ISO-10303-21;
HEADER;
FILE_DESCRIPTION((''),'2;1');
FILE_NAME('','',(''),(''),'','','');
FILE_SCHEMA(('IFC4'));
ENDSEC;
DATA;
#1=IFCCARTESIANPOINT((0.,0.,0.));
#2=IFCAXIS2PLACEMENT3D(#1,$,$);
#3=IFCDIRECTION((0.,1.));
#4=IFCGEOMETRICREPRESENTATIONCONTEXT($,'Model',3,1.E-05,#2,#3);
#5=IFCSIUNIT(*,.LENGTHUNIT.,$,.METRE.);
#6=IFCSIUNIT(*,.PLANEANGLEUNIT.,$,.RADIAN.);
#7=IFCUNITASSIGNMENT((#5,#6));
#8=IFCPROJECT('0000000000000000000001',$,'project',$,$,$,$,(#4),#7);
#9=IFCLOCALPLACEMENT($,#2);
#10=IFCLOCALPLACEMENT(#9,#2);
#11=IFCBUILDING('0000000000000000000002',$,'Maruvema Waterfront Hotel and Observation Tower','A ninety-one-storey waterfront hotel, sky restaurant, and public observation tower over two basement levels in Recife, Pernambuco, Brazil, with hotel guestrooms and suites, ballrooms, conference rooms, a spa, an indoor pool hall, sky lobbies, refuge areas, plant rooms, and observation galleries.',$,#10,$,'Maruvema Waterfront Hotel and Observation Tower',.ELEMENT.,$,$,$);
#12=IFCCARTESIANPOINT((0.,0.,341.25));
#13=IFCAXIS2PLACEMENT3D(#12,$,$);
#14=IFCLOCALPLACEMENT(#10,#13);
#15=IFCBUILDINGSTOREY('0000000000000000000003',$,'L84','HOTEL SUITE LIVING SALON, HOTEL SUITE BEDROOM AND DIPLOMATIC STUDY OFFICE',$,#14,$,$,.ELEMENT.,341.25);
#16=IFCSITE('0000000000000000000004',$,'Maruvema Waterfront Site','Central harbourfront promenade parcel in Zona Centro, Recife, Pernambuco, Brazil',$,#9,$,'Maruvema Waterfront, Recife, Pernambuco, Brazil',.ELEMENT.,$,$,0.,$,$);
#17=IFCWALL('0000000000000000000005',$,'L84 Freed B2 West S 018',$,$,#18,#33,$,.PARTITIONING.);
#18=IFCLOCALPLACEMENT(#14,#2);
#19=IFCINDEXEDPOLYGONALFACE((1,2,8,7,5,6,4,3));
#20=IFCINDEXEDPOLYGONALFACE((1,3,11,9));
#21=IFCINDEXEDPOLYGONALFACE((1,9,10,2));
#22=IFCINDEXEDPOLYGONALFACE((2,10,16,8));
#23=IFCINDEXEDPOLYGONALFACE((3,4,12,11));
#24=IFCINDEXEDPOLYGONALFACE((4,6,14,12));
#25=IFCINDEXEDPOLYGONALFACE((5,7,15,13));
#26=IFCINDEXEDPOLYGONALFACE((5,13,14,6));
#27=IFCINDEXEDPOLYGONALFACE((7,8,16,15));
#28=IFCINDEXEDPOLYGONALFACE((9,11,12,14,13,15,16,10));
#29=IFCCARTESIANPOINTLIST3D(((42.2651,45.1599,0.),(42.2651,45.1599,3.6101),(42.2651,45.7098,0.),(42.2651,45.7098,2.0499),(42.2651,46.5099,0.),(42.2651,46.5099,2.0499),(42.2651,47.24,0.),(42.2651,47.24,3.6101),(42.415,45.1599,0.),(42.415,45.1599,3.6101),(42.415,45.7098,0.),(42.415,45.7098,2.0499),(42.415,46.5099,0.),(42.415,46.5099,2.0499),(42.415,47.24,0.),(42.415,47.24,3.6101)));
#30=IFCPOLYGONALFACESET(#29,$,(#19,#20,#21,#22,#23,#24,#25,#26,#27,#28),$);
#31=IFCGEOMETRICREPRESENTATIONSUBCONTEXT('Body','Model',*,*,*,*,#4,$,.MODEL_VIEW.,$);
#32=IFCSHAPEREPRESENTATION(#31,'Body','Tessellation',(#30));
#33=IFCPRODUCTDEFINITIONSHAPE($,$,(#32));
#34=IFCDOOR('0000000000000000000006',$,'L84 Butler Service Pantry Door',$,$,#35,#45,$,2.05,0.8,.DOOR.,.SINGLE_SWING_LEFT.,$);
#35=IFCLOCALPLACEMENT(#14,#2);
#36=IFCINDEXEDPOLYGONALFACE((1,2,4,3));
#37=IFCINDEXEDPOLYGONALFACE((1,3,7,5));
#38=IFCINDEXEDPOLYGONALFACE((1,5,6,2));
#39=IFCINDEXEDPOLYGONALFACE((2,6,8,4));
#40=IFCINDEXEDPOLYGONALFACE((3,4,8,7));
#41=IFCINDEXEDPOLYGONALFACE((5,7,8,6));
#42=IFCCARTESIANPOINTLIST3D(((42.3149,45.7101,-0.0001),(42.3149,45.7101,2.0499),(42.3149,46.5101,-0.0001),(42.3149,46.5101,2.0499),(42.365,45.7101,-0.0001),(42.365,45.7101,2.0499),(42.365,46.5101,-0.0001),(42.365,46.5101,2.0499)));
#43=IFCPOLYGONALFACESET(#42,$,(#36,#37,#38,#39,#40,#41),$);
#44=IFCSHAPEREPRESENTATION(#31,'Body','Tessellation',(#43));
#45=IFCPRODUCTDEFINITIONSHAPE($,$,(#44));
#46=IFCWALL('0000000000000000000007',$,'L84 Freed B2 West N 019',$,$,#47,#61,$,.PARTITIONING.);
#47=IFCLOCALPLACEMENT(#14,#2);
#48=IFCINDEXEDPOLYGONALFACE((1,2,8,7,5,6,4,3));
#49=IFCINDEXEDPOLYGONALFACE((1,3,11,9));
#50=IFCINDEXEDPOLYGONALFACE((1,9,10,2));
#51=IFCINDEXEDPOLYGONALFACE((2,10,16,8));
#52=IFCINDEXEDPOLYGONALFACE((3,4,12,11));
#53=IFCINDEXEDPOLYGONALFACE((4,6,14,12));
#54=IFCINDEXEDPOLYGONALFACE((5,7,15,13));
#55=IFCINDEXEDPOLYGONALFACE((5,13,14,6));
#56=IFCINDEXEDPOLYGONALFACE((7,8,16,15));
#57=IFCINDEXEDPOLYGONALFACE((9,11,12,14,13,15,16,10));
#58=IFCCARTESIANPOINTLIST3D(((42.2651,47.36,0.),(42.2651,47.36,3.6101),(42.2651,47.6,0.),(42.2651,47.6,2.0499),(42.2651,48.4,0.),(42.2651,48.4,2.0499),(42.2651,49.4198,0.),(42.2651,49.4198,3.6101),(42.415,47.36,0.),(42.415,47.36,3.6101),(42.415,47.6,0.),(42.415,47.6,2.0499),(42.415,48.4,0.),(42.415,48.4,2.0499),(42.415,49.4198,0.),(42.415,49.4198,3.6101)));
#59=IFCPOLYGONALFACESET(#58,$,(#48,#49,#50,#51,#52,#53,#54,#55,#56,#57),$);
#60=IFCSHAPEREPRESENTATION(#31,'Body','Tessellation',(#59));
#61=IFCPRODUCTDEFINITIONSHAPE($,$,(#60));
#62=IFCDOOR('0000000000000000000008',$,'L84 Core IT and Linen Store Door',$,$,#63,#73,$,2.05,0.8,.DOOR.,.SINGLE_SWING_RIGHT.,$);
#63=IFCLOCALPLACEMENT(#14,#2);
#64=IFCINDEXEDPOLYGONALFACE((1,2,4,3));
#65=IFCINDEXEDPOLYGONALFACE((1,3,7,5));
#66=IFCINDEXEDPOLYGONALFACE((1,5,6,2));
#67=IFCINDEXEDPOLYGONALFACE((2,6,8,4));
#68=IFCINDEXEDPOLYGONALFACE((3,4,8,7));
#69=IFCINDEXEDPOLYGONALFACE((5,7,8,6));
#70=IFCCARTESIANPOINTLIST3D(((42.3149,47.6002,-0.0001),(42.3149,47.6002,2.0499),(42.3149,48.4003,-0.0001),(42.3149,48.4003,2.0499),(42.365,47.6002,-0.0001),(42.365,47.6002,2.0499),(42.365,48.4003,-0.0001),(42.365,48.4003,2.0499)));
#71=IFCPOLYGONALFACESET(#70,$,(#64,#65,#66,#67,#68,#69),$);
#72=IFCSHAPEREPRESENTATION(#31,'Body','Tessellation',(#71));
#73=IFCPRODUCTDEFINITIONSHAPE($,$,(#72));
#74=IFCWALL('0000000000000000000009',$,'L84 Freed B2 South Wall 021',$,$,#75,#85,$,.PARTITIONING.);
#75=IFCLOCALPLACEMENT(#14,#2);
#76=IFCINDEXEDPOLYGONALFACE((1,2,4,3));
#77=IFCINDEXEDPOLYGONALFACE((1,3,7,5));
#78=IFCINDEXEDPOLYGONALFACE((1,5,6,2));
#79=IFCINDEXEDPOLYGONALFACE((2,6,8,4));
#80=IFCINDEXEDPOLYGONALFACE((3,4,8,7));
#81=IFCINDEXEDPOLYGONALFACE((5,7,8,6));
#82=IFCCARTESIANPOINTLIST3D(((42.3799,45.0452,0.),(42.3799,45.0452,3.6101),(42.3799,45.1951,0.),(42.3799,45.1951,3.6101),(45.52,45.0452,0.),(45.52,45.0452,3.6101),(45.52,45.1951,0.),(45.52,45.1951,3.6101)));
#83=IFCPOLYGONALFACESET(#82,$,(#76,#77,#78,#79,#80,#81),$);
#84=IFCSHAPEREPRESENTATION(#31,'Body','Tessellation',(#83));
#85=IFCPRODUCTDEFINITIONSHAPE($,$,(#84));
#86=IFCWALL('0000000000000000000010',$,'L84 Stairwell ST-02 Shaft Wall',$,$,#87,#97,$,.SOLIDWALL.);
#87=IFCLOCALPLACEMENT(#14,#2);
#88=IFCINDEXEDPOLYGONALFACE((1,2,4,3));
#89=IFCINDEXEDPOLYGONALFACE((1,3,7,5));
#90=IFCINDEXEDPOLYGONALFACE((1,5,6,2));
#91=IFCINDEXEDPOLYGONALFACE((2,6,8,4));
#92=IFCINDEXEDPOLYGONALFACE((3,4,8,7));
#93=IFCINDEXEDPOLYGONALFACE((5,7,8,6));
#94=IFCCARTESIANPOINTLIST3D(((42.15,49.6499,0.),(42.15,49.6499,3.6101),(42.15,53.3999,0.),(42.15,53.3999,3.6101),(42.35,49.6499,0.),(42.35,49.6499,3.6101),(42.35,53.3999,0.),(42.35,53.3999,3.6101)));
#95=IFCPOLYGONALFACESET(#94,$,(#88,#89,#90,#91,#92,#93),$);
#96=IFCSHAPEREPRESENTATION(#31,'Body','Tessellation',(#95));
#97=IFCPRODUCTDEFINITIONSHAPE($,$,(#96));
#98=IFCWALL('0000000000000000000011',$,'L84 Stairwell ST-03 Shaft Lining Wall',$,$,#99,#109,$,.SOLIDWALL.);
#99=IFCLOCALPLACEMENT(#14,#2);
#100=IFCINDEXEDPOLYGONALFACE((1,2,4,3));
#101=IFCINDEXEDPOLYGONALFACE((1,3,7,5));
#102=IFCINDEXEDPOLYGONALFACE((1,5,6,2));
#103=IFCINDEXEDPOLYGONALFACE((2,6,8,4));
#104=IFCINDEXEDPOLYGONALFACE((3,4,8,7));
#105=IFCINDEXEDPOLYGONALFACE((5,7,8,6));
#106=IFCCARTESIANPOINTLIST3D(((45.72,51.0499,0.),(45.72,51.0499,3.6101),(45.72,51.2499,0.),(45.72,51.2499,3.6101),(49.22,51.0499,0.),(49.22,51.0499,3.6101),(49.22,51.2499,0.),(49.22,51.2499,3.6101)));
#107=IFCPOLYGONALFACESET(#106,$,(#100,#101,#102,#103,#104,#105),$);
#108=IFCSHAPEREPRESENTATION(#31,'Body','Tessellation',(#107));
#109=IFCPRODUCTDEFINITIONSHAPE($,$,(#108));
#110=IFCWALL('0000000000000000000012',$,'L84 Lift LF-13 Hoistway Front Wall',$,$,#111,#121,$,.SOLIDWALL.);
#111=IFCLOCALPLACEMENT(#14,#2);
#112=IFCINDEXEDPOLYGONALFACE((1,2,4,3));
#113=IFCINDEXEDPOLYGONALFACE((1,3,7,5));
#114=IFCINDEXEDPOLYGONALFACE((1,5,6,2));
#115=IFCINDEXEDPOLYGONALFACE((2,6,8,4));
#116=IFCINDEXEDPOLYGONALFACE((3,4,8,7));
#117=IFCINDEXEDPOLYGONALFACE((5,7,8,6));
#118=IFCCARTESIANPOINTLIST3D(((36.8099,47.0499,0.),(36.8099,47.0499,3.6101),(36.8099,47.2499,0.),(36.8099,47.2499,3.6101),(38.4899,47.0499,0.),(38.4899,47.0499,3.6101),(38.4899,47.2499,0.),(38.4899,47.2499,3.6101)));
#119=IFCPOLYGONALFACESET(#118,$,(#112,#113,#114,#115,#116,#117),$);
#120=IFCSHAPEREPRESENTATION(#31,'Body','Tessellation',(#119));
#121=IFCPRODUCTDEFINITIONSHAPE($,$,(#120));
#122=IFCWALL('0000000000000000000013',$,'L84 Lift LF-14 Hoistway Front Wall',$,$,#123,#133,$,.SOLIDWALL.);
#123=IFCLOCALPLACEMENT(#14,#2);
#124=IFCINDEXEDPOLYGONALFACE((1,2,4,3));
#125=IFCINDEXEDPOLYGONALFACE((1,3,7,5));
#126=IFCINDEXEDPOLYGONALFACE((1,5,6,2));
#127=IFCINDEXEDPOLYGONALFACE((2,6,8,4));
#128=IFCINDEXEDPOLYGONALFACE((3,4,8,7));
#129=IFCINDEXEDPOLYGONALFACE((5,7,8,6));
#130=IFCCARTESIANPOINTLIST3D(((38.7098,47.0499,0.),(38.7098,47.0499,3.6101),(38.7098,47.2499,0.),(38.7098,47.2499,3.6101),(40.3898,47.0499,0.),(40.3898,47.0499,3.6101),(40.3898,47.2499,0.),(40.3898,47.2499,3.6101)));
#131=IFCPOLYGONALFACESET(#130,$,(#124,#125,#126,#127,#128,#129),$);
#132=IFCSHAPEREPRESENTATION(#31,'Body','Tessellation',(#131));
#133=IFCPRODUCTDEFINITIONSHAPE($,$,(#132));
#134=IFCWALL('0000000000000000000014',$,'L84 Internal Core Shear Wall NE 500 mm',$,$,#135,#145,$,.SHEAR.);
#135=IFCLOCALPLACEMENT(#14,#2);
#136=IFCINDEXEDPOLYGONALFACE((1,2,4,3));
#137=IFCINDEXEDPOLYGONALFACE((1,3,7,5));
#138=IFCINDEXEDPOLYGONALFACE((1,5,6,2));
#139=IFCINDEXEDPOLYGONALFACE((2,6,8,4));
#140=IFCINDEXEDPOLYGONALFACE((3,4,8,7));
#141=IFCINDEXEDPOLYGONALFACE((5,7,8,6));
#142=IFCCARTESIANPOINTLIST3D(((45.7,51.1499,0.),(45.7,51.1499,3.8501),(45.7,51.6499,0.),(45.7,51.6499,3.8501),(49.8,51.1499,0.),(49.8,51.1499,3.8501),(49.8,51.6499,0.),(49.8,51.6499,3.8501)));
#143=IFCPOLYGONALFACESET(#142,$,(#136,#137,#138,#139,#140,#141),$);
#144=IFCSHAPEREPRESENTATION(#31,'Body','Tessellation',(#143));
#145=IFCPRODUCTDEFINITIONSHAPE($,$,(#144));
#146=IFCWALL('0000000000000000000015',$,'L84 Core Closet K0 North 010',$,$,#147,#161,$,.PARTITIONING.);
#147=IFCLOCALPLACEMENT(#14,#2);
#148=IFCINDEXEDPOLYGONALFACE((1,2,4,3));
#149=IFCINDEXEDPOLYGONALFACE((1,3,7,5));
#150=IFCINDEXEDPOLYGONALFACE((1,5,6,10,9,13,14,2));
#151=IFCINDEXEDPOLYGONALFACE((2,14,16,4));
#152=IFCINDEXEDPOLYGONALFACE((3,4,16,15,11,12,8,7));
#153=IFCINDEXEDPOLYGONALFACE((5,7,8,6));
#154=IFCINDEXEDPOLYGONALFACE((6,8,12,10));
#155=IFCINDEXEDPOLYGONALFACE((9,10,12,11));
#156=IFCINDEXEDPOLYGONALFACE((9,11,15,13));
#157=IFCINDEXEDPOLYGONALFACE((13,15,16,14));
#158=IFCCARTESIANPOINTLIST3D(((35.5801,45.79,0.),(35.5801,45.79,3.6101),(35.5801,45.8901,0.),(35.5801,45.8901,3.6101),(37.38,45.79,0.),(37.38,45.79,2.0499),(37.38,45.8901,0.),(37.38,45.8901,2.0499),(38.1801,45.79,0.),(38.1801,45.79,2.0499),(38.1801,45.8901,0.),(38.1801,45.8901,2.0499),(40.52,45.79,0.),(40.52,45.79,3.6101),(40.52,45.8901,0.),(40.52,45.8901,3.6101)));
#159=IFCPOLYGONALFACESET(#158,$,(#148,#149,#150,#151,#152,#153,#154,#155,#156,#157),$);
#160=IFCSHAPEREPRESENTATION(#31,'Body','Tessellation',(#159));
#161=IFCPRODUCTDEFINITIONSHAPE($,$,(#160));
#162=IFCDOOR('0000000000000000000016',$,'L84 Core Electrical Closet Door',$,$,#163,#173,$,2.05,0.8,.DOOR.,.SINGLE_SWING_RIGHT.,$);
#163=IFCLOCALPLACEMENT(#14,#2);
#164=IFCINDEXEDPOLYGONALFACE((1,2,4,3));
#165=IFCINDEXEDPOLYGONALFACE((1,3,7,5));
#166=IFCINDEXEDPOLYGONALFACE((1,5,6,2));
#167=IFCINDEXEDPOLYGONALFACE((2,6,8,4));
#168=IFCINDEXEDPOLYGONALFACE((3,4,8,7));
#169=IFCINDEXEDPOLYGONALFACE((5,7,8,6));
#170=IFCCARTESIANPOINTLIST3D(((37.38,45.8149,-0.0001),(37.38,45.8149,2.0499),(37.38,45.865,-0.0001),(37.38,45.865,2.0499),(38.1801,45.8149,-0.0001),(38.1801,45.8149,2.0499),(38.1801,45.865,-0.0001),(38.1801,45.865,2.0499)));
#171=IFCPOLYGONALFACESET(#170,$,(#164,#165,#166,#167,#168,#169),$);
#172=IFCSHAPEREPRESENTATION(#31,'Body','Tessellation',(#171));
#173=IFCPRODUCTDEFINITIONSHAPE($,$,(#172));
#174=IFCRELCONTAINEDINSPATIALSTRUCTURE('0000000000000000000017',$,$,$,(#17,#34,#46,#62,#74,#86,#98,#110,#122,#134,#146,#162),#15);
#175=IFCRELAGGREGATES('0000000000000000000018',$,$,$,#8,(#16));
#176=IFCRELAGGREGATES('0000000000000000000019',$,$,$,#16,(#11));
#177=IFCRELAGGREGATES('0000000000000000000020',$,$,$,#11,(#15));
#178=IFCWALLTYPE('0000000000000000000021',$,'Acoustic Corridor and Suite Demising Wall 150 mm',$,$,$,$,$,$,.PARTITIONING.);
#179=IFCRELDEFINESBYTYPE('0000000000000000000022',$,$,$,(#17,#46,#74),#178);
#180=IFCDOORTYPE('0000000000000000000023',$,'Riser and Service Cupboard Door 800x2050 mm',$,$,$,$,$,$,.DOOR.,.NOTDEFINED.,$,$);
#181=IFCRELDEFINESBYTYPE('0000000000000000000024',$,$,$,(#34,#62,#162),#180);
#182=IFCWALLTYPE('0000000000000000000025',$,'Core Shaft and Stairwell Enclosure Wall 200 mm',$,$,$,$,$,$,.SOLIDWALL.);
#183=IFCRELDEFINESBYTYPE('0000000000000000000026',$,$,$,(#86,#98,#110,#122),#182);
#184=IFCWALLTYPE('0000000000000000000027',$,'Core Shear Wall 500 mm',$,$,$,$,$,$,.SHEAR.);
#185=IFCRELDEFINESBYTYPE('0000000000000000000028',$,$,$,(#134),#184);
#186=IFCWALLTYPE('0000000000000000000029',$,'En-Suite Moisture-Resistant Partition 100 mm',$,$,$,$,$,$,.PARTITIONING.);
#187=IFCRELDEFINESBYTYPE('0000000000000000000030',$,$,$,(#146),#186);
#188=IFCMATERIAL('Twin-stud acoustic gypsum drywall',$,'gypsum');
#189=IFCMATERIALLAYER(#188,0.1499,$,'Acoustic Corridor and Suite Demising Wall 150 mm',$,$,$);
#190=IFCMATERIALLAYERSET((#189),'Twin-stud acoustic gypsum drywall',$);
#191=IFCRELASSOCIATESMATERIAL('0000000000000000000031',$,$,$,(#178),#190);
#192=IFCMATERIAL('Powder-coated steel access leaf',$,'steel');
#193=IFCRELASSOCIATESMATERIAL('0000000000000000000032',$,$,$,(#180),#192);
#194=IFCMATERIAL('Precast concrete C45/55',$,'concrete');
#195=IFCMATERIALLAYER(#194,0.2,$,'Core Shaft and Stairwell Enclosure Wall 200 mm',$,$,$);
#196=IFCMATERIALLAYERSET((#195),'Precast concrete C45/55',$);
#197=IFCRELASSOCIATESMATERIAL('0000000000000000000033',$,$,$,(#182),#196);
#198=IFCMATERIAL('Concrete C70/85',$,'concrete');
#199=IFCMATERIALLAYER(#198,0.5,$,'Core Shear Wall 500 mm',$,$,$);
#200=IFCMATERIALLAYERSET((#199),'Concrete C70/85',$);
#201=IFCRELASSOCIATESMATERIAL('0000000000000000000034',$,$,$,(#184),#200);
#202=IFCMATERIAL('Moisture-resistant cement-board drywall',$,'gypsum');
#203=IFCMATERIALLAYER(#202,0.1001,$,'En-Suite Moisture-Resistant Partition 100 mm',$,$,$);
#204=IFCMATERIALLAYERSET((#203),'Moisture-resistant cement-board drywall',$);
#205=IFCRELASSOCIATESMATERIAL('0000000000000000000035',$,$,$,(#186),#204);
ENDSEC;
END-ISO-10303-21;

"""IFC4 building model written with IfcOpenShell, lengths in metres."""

from ifc_helpers import new_model, si_unit, direction, frame, frame_2d, origin, place, context, subcontext, project, spatial, rectangle, extrude, material, layer, layer_set, type_object, element, fill, save


model = new_model("IFC4")

# Units and contexts
model_context = context("Model", 3, precision=1e-05, world=origin(), true_north=direction((0.0, 1.0)))
body_context = subcontext(model_context, "Body", "Model", "MODEL_VIEW")
ifc_project = project(units=[si_unit("LENGTHUNIT", "METRE"), si_unit("PLANEANGLEUNIT", "RADIAN")], contexts=[model_context])

# Site, building, storey
site_placement = place(None, origin())
site = spatial("IfcSite", under=ifc_project, at=site_placement, Name="Maruvema Waterfront Site", Description="Central harbourfront promenade parcel in Zona Centro, Recife, Pernambuco, Brazil", LongName="Maruvema Waterfront, Recife, Pernambuco, Brazil", CompositionType="ELEMENT", RefElevation=0.0)
building_placement = place(site_placement, origin())
building = spatial("IfcBuilding", under=site, at=building_placement, Name="Maruvema Waterfront Hotel and Observation Tower", Description="A ninety-one-storey waterfront hotel, sky restaurant, and public observation tower over two basement levels in Recife, Pernambuco, Brazil, with hotel guestrooms and suites, ballrooms, conference rooms, a spa, an indoor pool hall, sky lobbies, refuge areas, plant rooms, and observation galleries.", LongName="Maruvema Waterfront Hotel and Observation Tower", CompositionType="ELEMENT")
storey_placement = place(building_placement, frame((0.0, 0.0, 341.25)))
storey = spatial("IfcBuildingStorey", under=building, at=storey_placement, Name="L84", Description="HOTEL SUITE LIVING SALON, HOTEL SUITE BEDROOM AND DIPLOMATIC STUDY OFFICE", CompositionType="ELEMENT", Elevation=341.25)

# Walls, openings, doors
ifc_material_1 = material(Name="Twin-stud acoustic gypsum drywall", Category="gypsum")
ifc_layer_1 = layer(ifc_material_1, 0.1499, Name="Acoustic Corridor and Suite Demising Wall 150 mm")
ifc_layer_set_1 = layer_set([ifc_layer_1], Name="Twin-stud acoustic gypsum drywall")
wall_type_1 = type_object("IfcWallType", Name="Acoustic Corridor and Suite Demising Wall 150 mm", PredefinedType="PARTITIONING", material=ifc_layer_set_1)
wall_1_placement = place(storey_placement, frame((42.3401, 45.1599, 0.0), z_axis=(0.0, 0.0, 1.0), x_axis=(0.0, 1.0, 0.0)))
wall_1 = element("IfcWall", 1, at=wall_1_placement, inside=storey, type_object=wall_type_1, Name="L84 Freed B2 West S 018", PredefinedType="PARTITIONING", context=body_context, shape_type="SweptSolid", body=[
    extrude(rectangle(XDim=2.0801, YDim=0.1499, at=frame_2d((1.04, 0.0))), origin(), (0.0, 0.0, 1.0), 3.6101),
])
opening_1_placement = place(wall_1_placement, frame((0.55, 0.0, 0.0)))
opening_1 = element("IfcOpeningElement", 2, at=opening_1_placement, cuts=wall_1, PredefinedType="OPENING", context=body_context, shape_type="SweptSolid", body=[
    extrude(rectangle(XDim=0.8, YDim=2.05, at=frame_2d((0.3999, 1.0249))), frame((0.0, 0.085, 0.0), z_axis=(0.0, -1.0, 0.0), x_axis=(1.0, 0.0, 0.0)), (0.0, 0.0, 1.0), 0.1699),
])
ifc_material_2 = material(Name="Powder-coated steel access leaf", Category="steel")
door_type = type_object("IfcDoorType", Name="Riser and Service Cupboard Door 800x2050 mm", OperationType="NOTDEFINED", PredefinedType="DOOR", material=ifc_material_2)
door_1_placement = place(opening_1_placement, frame((0.8, 0.0, 0.0), z_axis=(0.0, 0.0, 1.0), x_axis=(-1.0, 0.0, 0.0)))
door_1 = element("IfcDoor", 3, at=door_1_placement, inside=storey, type_object=door_type, Name="L84 Butler Service Pantry Door", OperationType="SINGLE_SWING_LEFT", OverallHeight=2.05, OverallWidth=0.8, PredefinedType="DOOR", context=body_context, shape_type="SweptSolid", body=[
    extrude(rectangle(XDim=0.8, YDim=2.05, at=frame_2d((0.3999, 1.0249))), frame((0.0, 0.0249, 0.0), z_axis=(0.0, -1.0, 0.0), x_axis=(1.0, 0.0, 0.0)), (0.0, 0.0, 1.0), 0.05),
])
fill(opening_1, door_1)
wall_2_placement = place(storey_placement, frame((42.3401, 47.3601, 0.0), z_axis=(0.0, 0.0, 1.0), x_axis=(0.0, 1.0, 0.0)))
wall_2 = element("IfcWall", 4, at=wall_2_placement, inside=storey, type_object=wall_type_1, Name="L84 Freed B2 West N 019", PredefinedType="PARTITIONING", context=body_context, shape_type="SweptSolid", body=[
    extrude(rectangle(XDim=2.0598, YDim=0.1499, at=frame_2d((1.0298, 0.0))), origin(), (0.0, 0.0, 1.0), 3.6101),
])
opening_2_placement = place(wall_2_placement, frame((0.24, 0.0, 0.0)))
opening_2 = element("IfcOpeningElement", 5, at=opening_2_placement, cuts=wall_2, PredefinedType="OPENING", context=body_context, shape_type="SweptSolid", body=[
    extrude(rectangle(XDim=0.8, YDim=2.05, at=frame_2d((0.3999, 1.0249))), frame((0.0, 0.085, 0.0), z_axis=(0.0, -1.0, 0.0), x_axis=(1.0, 0.0, 0.0)), (0.0, 0.0, 1.0), 0.1699),
])
door_2_placement = place(opening_2_placement, frame((0.8, 0.0, 0.0), z_axis=(0.0, 0.0, 1.0), x_axis=(-1.0, 0.0, 0.0)))
door_2 = element("IfcDoor", 6, at=door_2_placement, inside=storey, type_object=door_type, Name="L84 Core IT and Linen Store Door", OperationType="SINGLE_SWING_RIGHT", OverallHeight=2.05, OverallWidth=0.8, PredefinedType="DOOR", context=body_context, shape_type="SweptSolid", body=[
    extrude(rectangle(XDim=0.8, YDim=2.05, at=frame_2d((0.3999, 1.0249))), frame((0.0, 0.0249, 0.0), z_axis=(0.0, -1.0, 0.0), x_axis=(1.0, 0.0, 0.0)), (0.0, 0.0, 1.0), 0.05),
])
fill(opening_2, door_2)

# Walls
wall_3_placement = place(storey_placement, frame((42.3799, 45.1201, 0.0), z_axis=(0.0, 0.0, 1.0), x_axis=(1.0, 0.0, 0.0)))
element("IfcWall", 7, at=wall_3_placement, inside=storey, type_object=wall_type_1, Name="L84 Freed B2 South Wall 021", PredefinedType="PARTITIONING", context=body_context, shape_type="SweptSolid", body=[
    extrude(rectangle(XDim=3.1401, YDim=0.1499, at=frame_2d((1.5701, 0.0))), origin(), (0.0, 0.0, 1.0), 3.6101),
])
ifc_material_3 = material(Name="Precast concrete C45/55", Category="concrete")
ifc_layer_2 = layer(ifc_material_3, 0.2, Name="Core Shaft and Stairwell Enclosure Wall 200 mm")
ifc_layer_set_2 = layer_set([ifc_layer_2], Name="Precast concrete C45/55")
wall_type_2 = type_object("IfcWallType", Name="Core Shaft and Stairwell Enclosure Wall 200 mm", PredefinedType="SOLIDWALL", material=ifc_layer_set_2)
wall_4_placement = place(storey_placement, frame((42.25, 49.6499, 0.0), z_axis=(0.0, 0.0, 1.0), x_axis=(0.0, 1.0, 0.0)))
element("IfcWall", 8, at=wall_4_placement, inside=storey, type_object=wall_type_2, Name="L84 Stairwell ST-02 Shaft Wall", PredefinedType="SOLIDWALL", context=body_context, shape_type="SweptSolid", body=[
    extrude(rectangle(XDim=3.75, YDim=0.2, at=frame_2d((1.875, 0.0))), origin(), (0.0, 0.0, 1.0), 3.6101),
])
wall_5_placement = place(storey_placement, frame((45.72, 51.1499, 0.0), z_axis=(0.0, 0.0, 1.0), x_axis=(1.0, 0.0, 0.0)))
element("IfcWall", 9, at=wall_5_placement, inside=storey, type_object=wall_type_2, Name="L84 Stairwell ST-03 Shaft Lining Wall", PredefinedType="SOLIDWALL", context=body_context, shape_type="SweptSolid", body=[
    extrude(rectangle(XDim=3.5, YDim=0.2, at=frame_2d((1.75, 0.0))), origin(), (0.0, 0.0, 1.0), 3.6101),
])
for number, where, z_axis, x_axis, name in (
    (10, (36.8101, 47.1499, 0.0), (0.0, 0.0, 1.0), (1.0, 0.0, 0.0), "L84 Lift LF-13 Hoistway Front Wall"),
    (11, (38.71, 47.1499, 0.0), (0.0, 0.0, 1.0), (1.0, 0.0, 0.0), "L84 Lift LF-14 Hoistway Front Wall"),
):
    element("IfcWall", number, at=place(storey_placement, frame(where, z_axis=z_axis, x_axis=x_axis)), inside=storey, type_object=wall_type_2, Name=name, PredefinedType="SOLIDWALL", context=body_context, shape_type="SweptSolid", body=[
        extrude(rectangle(XDim=1.6799, YDim=0.2, at=frame_2d((0.8398, 0.0))), origin(), (0.0, 0.0, 1.0), 3.6101),
    ])
ifc_material_4 = material(Name="Concrete C70/85", Category="concrete")
ifc_layer_3 = layer(ifc_material_4, 0.5, Name="Core Shear Wall 500 mm")
ifc_layer_set_3 = layer_set([ifc_layer_3], Name="Concrete C70/85")
wall_type_3 = type_object("IfcWallType", Name="Core Shear Wall 500 mm", PredefinedType="SHEAR", material=ifc_layer_set_3)
wall_6_placement = place(storey_placement, frame((45.7, 51.3999, 0.0), z_axis=(0.0, 0.0, 1.0), x_axis=(1.0, 0.0, 0.0)))
element("IfcWall", 12, at=wall_6_placement, inside=storey, type_object=wall_type_3, Name="L84 Internal Core Shear Wall NE 500 mm", PredefinedType="SHEAR", context=body_context, shape_type="SweptSolid", body=[
    extrude(rectangle(XDim=4.1001, YDim=0.5, at=frame_2d((2.05, 0.0))), origin(), (0.0, 0.0, 1.0), 3.8501),
])

# Wall, opening, door
ifc_material_5 = material(Name="Moisture-resistant cement-board drywall", Category="gypsum")
ifc_layer_4 = layer(ifc_material_5, 0.1001, Name="En-Suite Moisture-Resistant Partition 100 mm")
ifc_layer_set_4 = layer_set([ifc_layer_4], Name="Moisture-resistant cement-board drywall")
wall_type_4 = type_object("IfcWallType", Name="En-Suite Moisture-Resistant Partition 100 mm", PredefinedType="PARTITIONING", material=ifc_layer_set_4)
wall_7_placement = place(storey_placement, frame((35.5801, 45.8401, 0.0), z_axis=(0.0, 0.0, 1.0), x_axis=(1.0, 0.0, 0.0)))
wall_7 = element("IfcWall", 13, at=wall_7_placement, inside=storey, type_object=wall_type_4, Name="L84 Core Closet K0 North 010", PredefinedType="PARTITIONING", context=body_context, shape_type="SweptSolid", body=[
    extrude(rectangle(XDim=4.9399, YDim=0.1001, at=frame_2d((2.47, 0.0))), origin(), (0.0, 0.0, 1.0), 3.6101),
])
opening_3_placement = place(wall_7_placement, frame((1.8, 0.0, 0.0)))
opening_3 = element("IfcOpeningElement", 14, at=opening_3_placement, cuts=wall_7, PredefinedType="OPENING", context=body_context, shape_type="SweptSolid", body=[
    extrude(rectangle(XDim=0.8, YDim=2.05, at=frame_2d((0.3999, 1.0249))), frame((0.0, 0.0601, 0.0), z_axis=(0.0, -1.0, 0.0), x_axis=(1.0, 0.0, 0.0)), (0.0, 0.0, 1.0), 0.1201),
])
door_3_placement = place(opening_3_placement, origin())
door_3 = element("IfcDoor", 15, at=door_3_placement, inside=storey, type_object=door_type, Name="L84 Core Electrical Closet Door", OperationType="SINGLE_SWING_RIGHT", OverallHeight=2.05, OverallWidth=0.8, PredefinedType="DOOR", context=body_context, shape_type="SweptSolid", body=[
    extrude(rectangle(XDim=0.8, YDim=2.05, at=frame_2d((0.3999, 1.0249))), frame((0.0, 0.0249, 0.0), z_axis=(0.0, -1.0, 0.0), x_axis=(1.0, 0.0, 0.0)), (0.0, 0.0, 1.0), 0.05),
])
fill(opening_3, door_3)

save(model, "model.ifc")
